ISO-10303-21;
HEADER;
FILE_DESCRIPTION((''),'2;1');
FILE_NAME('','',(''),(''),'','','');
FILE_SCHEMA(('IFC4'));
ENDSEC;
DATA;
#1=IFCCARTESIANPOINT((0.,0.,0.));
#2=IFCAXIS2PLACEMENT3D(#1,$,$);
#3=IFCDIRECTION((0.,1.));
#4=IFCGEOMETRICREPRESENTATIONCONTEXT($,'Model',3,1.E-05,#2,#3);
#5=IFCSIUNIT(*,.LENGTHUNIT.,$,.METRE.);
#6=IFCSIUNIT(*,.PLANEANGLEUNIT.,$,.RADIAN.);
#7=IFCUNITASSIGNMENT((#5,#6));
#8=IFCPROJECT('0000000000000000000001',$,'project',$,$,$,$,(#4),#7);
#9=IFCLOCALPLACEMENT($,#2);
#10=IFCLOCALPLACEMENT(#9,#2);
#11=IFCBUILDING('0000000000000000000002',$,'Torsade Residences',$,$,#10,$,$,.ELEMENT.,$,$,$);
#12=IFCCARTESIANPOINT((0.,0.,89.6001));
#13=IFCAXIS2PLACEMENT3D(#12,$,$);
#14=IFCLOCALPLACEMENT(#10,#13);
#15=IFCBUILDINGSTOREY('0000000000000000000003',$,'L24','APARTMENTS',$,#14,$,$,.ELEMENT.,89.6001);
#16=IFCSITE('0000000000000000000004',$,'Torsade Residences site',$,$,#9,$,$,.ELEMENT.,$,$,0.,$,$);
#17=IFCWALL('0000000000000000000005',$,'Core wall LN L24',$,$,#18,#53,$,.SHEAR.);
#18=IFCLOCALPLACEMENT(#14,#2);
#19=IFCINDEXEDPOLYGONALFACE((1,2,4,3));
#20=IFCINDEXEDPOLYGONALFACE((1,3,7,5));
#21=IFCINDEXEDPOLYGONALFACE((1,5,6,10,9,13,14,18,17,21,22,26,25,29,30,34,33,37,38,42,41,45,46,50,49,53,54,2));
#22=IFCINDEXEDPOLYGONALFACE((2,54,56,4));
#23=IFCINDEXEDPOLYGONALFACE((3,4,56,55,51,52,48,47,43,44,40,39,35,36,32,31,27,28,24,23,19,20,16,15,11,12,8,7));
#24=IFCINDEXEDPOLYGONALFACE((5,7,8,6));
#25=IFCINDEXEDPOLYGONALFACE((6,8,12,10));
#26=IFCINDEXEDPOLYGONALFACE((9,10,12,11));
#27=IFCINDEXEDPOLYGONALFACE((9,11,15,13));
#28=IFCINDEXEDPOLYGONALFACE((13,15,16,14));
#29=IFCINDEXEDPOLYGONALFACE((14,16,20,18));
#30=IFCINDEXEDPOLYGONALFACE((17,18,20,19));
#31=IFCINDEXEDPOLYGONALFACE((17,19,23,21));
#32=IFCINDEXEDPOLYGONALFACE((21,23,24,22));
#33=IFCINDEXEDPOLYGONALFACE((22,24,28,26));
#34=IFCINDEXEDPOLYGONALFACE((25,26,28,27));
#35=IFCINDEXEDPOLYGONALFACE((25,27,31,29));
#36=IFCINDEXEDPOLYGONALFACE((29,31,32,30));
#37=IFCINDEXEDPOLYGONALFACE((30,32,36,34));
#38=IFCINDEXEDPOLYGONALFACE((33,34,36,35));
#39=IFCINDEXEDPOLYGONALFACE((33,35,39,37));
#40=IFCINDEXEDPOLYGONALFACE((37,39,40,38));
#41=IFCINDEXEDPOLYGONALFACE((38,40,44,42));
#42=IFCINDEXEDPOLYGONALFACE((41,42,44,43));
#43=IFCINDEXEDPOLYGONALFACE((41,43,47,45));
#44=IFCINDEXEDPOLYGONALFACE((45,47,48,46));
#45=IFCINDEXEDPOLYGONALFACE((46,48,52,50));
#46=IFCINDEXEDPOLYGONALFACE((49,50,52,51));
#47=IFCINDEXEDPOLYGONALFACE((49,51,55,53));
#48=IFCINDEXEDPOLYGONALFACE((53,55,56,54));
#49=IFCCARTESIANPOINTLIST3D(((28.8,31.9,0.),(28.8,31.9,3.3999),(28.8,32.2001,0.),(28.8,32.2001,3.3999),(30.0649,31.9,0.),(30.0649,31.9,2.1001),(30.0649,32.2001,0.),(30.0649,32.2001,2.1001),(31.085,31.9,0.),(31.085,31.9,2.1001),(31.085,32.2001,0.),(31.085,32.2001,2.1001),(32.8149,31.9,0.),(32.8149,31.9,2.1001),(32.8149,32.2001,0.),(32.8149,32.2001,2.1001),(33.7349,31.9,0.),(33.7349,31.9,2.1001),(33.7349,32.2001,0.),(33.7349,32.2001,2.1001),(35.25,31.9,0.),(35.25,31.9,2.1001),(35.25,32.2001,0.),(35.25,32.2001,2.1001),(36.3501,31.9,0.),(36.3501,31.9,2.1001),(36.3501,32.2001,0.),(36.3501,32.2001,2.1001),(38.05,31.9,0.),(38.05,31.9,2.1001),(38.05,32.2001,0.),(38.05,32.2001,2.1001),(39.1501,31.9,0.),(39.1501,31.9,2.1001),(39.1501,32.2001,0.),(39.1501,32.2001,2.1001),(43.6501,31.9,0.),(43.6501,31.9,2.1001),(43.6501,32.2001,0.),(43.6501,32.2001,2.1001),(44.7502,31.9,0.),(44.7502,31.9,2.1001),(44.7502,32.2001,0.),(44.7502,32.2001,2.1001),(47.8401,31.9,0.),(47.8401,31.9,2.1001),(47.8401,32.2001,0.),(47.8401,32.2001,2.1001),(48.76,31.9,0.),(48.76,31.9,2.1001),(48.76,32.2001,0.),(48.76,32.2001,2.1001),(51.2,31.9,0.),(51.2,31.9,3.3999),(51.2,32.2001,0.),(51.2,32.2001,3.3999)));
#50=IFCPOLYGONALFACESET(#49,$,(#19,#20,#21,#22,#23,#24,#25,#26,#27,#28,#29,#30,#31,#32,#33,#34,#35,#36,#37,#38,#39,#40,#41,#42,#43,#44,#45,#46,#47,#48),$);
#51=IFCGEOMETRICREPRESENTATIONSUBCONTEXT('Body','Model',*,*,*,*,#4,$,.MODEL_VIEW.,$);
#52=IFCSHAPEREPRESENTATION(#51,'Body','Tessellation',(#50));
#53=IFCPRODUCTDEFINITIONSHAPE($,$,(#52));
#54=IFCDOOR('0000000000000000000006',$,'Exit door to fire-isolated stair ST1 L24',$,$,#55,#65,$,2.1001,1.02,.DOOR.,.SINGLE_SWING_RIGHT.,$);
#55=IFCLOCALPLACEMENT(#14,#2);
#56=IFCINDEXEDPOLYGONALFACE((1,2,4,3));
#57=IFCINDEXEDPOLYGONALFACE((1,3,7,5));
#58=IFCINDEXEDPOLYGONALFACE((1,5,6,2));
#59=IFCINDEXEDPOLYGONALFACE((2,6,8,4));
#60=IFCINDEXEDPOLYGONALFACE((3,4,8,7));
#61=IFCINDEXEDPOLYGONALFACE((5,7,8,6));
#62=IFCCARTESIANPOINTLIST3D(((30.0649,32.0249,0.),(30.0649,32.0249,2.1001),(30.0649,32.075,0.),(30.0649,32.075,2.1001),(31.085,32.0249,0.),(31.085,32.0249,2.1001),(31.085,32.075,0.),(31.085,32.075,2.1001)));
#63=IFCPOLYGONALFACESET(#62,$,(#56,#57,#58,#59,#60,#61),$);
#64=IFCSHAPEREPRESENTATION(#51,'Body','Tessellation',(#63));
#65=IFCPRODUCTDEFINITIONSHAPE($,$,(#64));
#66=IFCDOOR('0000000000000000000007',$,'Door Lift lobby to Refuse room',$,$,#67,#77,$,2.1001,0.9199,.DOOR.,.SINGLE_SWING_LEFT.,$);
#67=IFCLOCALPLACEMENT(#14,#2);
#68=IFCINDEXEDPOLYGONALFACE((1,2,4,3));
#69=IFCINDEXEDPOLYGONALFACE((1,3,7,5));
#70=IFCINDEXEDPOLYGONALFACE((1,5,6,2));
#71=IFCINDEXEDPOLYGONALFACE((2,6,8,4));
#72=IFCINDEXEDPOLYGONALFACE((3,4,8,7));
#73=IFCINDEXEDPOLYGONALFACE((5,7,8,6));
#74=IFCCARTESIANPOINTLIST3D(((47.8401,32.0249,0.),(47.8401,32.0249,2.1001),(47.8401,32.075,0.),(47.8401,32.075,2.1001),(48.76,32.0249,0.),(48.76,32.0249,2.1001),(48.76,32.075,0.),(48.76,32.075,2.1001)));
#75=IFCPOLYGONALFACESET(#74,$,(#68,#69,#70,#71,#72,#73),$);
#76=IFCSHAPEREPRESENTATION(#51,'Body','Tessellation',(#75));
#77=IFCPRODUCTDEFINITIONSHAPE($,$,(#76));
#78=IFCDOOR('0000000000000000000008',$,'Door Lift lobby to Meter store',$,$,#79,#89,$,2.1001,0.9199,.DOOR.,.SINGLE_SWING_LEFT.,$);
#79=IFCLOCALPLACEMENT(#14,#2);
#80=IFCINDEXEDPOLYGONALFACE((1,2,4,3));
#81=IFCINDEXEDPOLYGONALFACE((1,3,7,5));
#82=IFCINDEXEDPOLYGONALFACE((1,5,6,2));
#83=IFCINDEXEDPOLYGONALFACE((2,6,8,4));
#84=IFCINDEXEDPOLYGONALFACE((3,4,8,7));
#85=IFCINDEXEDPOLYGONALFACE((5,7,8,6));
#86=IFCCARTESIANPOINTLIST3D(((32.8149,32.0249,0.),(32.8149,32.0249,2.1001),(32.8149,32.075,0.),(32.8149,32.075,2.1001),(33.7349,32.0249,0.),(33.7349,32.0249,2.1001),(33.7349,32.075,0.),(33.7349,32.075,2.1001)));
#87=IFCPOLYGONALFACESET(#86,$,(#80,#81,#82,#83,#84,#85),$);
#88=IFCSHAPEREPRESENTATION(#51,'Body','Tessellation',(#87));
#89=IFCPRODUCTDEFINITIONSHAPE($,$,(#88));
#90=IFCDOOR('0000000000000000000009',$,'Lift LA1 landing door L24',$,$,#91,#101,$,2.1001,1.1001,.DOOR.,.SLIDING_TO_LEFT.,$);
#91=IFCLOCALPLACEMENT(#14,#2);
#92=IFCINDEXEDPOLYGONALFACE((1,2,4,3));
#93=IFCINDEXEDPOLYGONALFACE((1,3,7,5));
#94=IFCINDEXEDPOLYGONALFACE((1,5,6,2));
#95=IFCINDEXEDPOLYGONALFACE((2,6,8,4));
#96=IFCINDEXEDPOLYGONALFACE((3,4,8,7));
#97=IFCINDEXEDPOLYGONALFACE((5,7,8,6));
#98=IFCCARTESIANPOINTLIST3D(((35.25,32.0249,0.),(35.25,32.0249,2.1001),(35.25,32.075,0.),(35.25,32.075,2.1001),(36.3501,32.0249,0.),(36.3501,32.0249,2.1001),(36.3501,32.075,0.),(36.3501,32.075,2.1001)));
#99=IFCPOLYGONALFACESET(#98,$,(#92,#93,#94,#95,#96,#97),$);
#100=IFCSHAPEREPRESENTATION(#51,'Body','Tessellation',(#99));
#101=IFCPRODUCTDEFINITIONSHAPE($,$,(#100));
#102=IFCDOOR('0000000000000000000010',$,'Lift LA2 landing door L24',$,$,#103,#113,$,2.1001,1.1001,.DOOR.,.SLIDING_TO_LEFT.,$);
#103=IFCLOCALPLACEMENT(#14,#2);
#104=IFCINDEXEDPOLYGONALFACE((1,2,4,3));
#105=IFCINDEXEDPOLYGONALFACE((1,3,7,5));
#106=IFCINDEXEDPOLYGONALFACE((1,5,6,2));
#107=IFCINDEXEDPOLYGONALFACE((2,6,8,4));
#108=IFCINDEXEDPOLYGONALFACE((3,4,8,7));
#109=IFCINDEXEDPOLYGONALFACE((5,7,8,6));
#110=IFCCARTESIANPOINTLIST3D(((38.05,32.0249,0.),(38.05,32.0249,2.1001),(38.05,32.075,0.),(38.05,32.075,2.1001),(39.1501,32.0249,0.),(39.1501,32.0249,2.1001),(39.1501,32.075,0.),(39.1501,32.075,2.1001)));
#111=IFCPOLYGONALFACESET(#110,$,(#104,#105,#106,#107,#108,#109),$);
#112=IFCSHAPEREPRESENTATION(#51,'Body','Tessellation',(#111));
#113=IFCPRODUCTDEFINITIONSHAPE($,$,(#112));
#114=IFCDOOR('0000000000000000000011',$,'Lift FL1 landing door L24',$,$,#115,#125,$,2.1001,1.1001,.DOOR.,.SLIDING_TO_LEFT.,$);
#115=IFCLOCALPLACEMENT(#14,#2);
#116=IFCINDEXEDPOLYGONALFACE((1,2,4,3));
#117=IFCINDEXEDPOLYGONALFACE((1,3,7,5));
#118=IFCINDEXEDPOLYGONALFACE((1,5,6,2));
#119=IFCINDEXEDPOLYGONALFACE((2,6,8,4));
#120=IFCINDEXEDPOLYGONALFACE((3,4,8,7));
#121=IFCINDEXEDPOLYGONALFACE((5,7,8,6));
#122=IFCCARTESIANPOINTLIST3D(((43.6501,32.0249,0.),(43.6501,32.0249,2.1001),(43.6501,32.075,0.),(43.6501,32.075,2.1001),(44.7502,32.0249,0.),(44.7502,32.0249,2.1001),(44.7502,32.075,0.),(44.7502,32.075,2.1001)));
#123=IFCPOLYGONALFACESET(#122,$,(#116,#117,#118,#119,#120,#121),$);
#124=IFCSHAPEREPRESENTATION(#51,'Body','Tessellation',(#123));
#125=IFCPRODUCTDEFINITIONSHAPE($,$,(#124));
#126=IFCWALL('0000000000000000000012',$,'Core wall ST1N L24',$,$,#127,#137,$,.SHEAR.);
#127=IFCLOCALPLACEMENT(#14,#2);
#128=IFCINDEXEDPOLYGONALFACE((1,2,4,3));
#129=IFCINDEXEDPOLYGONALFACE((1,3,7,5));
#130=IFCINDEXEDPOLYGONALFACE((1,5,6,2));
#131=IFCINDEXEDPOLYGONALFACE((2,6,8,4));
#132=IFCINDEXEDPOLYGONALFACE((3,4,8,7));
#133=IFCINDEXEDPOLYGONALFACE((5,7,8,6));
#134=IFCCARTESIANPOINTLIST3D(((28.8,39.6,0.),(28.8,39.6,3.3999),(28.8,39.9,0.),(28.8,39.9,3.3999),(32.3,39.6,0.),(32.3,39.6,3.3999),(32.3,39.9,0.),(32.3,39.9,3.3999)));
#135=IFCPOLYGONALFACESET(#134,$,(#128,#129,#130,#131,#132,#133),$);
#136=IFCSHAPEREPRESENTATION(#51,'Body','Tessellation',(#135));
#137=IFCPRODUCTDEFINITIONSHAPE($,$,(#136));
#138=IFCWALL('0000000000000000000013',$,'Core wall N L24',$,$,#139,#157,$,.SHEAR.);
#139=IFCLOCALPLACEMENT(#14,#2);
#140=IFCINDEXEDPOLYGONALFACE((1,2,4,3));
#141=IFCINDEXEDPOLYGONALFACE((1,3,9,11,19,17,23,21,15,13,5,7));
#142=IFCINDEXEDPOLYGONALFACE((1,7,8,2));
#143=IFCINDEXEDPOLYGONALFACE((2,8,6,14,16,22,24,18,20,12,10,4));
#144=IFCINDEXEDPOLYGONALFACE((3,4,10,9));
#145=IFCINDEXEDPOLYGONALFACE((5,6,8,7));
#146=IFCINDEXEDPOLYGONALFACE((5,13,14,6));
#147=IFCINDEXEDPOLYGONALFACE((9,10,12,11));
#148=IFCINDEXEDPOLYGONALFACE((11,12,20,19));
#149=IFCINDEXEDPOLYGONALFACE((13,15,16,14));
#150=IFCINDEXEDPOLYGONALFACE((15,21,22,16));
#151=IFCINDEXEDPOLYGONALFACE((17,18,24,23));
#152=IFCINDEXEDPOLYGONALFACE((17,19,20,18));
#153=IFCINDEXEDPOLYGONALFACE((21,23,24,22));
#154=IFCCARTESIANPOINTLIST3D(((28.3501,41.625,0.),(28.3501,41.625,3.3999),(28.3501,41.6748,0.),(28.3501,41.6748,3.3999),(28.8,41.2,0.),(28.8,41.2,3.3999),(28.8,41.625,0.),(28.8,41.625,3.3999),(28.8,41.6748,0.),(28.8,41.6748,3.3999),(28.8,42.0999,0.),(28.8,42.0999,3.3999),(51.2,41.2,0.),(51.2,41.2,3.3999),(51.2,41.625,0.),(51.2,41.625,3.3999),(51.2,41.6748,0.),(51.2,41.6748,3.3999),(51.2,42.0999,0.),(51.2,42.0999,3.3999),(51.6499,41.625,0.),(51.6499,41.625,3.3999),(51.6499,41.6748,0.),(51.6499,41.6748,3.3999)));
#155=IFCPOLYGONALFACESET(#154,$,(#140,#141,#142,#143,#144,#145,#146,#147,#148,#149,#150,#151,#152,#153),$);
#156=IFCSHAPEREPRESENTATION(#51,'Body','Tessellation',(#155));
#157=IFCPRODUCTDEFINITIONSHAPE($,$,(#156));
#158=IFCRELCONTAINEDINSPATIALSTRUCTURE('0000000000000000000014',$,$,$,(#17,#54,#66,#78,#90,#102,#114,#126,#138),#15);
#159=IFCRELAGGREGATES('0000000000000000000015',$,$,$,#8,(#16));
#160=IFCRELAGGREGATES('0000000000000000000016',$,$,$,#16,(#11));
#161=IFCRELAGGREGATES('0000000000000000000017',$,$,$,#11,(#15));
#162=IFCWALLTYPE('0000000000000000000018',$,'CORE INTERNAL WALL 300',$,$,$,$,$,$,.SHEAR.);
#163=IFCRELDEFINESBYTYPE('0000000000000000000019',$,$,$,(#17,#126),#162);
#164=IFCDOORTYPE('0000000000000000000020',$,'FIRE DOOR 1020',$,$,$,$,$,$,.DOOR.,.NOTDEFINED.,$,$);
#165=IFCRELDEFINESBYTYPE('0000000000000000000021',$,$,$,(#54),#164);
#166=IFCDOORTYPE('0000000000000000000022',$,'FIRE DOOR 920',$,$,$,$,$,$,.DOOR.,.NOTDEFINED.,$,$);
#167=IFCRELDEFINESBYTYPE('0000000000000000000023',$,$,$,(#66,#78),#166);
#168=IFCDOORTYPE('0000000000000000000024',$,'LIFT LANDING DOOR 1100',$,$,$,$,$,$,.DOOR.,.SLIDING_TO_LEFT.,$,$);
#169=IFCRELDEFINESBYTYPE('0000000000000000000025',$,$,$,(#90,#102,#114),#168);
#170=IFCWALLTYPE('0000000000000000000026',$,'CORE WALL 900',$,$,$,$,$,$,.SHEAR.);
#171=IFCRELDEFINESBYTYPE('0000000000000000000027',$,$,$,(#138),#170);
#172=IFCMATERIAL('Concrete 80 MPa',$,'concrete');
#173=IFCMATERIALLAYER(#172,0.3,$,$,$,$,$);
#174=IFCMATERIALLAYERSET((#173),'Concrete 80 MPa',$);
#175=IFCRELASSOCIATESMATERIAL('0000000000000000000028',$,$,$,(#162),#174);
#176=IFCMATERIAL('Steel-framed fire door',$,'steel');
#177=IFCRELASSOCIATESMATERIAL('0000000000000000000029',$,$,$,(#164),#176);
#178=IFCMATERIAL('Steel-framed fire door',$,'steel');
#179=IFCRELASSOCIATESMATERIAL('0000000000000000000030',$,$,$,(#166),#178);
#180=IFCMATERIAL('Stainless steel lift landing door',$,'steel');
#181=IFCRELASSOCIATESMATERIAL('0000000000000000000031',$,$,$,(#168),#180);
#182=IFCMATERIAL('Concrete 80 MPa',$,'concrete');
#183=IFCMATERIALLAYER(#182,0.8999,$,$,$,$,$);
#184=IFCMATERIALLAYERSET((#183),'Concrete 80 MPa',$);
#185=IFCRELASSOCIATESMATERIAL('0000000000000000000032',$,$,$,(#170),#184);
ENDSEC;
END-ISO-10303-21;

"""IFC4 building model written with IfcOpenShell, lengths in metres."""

from ifc_helpers import new_model, si_unit, direction, frame, frame_2d, origin, place, context, subcontext, project, spatial, polyline, rectangle, outline, extrude, material, layer, layer_set, type_object, element, fill, save


model = new_model("IFC4")

# Units and contexts
model_context = context("Model", 3, precision=1e-05, world=origin(), true_north=direction((0.0, 1.0)))
body_context = subcontext(model_context, "Body", "Model", "MODEL_VIEW")
ifc_project = project(units=[si_unit("LENGTHUNIT", "METRE"), si_unit("PLANEANGLEUNIT", "RADIAN")], contexts=[model_context])

# Site, building, storey
site_placement = place(None, origin())
site = spatial("IfcSite", under=ifc_project, at=site_placement, Name="Torsade Residences site", CompositionType="ELEMENT", RefElevation=0.0)
building_placement = place(site_placement, origin())
building = spatial("IfcBuilding", under=site, at=building_placement, Name="Torsade Residences", CompositionType="ELEMENT")
storey_placement = place(building_placement, frame((0.0, 0.0, 89.6001)))
storey = spatial("IfcBuildingStorey", under=building, at=storey_placement, Name="L24", Description="APARTMENTS", CompositionType="ELEMENT", Elevation=89.6001)

# Wall, openings, doors
ifc_material_1 = material(Name="Concrete 80 MPa", Category="concrete")
ifc_layer_1 = layer(ifc_material_1, 0.3)
ifc_layer_set_1 = layer_set([ifc_layer_1], Name="Concrete 80 MPa")
wall_type_1 = type_object("IfcWallType", Name="CORE INTERNAL WALL 300", PredefinedType="SHEAR", material=ifc_layer_set_1)
wall_1_placement = place(storey_placement, frame((28.8, 32.05, 0.0), z_axis=(0.0, 0.0, 1.0), x_axis=(1.0, 0.0, 0.0)))
wall_1 = element("IfcWall", 1, at=wall_1_placement, inside=storey, type_object=wall_type_1, Name="Core wall LN L24", PredefinedType="SHEAR", context=body_context, shape_type="SweptSolid", body=[
    extrude(rectangle(XDim=22.3999, YDim=0.3, at=frame_2d((11.2, 0.0))), origin(), (0.0, 0.0, 1.0), 3.3999),
])
opening_1_placement = place(wall_1_placement, frame((19.04, 0.0, 0.0)))
opening_1 = element("IfcOpeningElement", 2, at=opening_1_placement, cuts=wall_1, PredefinedType="OPENING", context=body_context, shape_type="SweptSolid", body=[
    extrude(rectangle(XDim=0.9199, YDim=2.1001, at=frame_2d((0.46, 1.05))), frame((0.0, 0.1599, 0.0), z_axis=(0.0, -1.0, 0.0), x_axis=(1.0, 0.0, 0.0)), (0.0, 0.0, 1.0), 0.3201),
])
opening_2_placement = place(wall_1_placement, frame((1.2649, 0.0, 0.0)))
opening_2 = element("IfcOpeningElement", 3, at=opening_2_placement, cuts=wall_1, PredefinedType="OPENING", context=body_context, shape_type="SweptSolid", body=[
    extrude(rectangle(XDim=1.02, YDim=2.1001, at=frame_2d((0.51, 1.05))), frame((0.0, 0.1599, 0.0), z_axis=(0.0, -1.0, 0.0), x_axis=(1.0, 0.0, 0.0)), (0.0, 0.0, 1.0), 0.3201),
])
opening_3_placement = place(wall_1_placement, frame((4.0149, 0.0, 0.0)))
opening_3 = element("IfcOpeningElement", 4, at=opening_3_placement, cuts=wall_1, PredefinedType="OPENING", context=body_context, shape_type="SweptSolid", body=[
    extrude(rectangle(XDim=0.9199, YDim=2.1001, at=frame_2d((0.46, 1.05))), frame((0.0, 0.1599, 0.0), z_axis=(0.0, -1.0, 0.0), x_axis=(1.0, 0.0, 0.0)), (0.0, 0.0, 1.0), 0.3201),
])
opening_4_placement = place(wall_1_placement, frame((6.45, 0.0, 0.0)))
opening_4 = element("IfcOpeningElement", 5, at=opening_4_placement, cuts=wall_1, PredefinedType="OPENING", context=body_context, shape_type="SweptSolid", body=[
    extrude(rectangle(XDim=1.1001, YDim=2.1001, at=frame_2d((0.55, 1.05))), frame((0.0, 0.1599, 0.0), z_axis=(0.0, -1.0, 0.0), x_axis=(1.0, 0.0, 0.0)), (0.0, 0.0, 1.0), 0.3201),
])
opening_5_placement = place(wall_1_placement, frame((9.25, 0.0, 0.0)))
opening_5 = element("IfcOpeningElement", 6, at=opening_5_placement, cuts=wall_1, PredefinedType="OPENING", context=body_context, shape_type="SweptSolid", body=[
    extrude(rectangle(XDim=1.1001, YDim=2.1001, at=frame_2d((0.55, 1.05))), frame((0.0, 0.1599, 0.0), z_axis=(0.0, -1.0, 0.0), x_axis=(1.0, 0.0, 0.0)), (0.0, 0.0, 1.0), 0.3201),
])
opening_6_placement = place(wall_1_placement, frame((14.8501, 0.0, 0.0)))
opening_6 = element("IfcOpeningElement", 7, at=opening_6_placement, cuts=wall_1, PredefinedType="OPENING", context=body_context, shape_type="SweptSolid", body=[
    extrude(rectangle(XDim=1.1001, YDim=2.1001, at=frame_2d((0.55, 1.05))), frame((0.0, 0.1599, 0.0), z_axis=(0.0, -1.0, 0.0), x_axis=(1.0, 0.0, 0.0)), (0.0, 0.0, 1.0), 0.3201),
])
ifc_material_2 = material(Name="Steel-framed fire door", Category="steel")
door_type_1 = type_object("IfcDoorType", Name="FIRE DOOR 1020", OperationType="NOTDEFINED", PredefinedType="DOOR", material=ifc_material_2)
door_1_placement = place(opening_2_placement, origin())
door_1 = element("IfcDoor", 8, at=door_1_placement, inside=storey, type_object=door_type_1, Name="Exit door to fire-isolated stair ST1 L24", OperationType="SINGLE_SWING_RIGHT", OverallHeight=2.1001, OverallWidth=1.02, PredefinedType="DOOR", context=body_context, shape_type="SweptSolid", body=[
    extrude(rectangle(XDim=1.02, YDim=2.1001, at=frame_2d((0.51, 1.05))), frame((0.0, 0.0249, 0.0), z_axis=(0.0, -1.0, 0.0), x_axis=(1.0, 0.0, 0.0)), (0.0, 0.0, 1.0), 0.05),
])
fill(opening_2, door_1)
ifc_material_3 = material(Name="Steel-framed fire door", Category="steel")
door_type_2 = type_object("IfcDoorType", Name="FIRE DOOR 920", OperationType="NOTDEFINED", PredefinedType="DOOR", material=ifc_material_3)
door_2_placement = place(opening_1_placement, origin())
door_2 = element("IfcDoor", 9, at=door_2_placement, inside=storey, type_object=door_type_2, Name="Door Lift lobby to Refuse room", OperationType="SINGLE_SWING_LEFT", OverallHeight=2.1001, OverallWidth=0.9199, PredefinedType="DOOR", context=body_context, shape_type="SweptSolid", body=[
    extrude(rectangle(XDim=0.9199, YDim=2.1001, at=frame_2d((0.46, 1.05))), frame((0.0, 0.0249, 0.0), z_axis=(0.0, -1.0, 0.0), x_axis=(1.0, 0.0, 0.0)), (0.0, 0.0, 1.0), 0.05),
])
fill(opening_1, door_2)
door_3_placement = place(opening_3_placement, origin())
door_3 = element("IfcDoor", 10, at=door_3_placement, inside=storey, type_object=door_type_2, Name="Door Lift lobby to Meter store", OperationType="SINGLE_SWING_LEFT", OverallHeight=2.1001, OverallWidth=0.9199, PredefinedType="DOOR", context=body_context, shape_type="SweptSolid", body=[
    extrude(rectangle(XDim=0.9199, YDim=2.1001, at=frame_2d((0.46, 1.05))), frame((0.0, 0.0249, 0.0), z_axis=(0.0, -1.0, 0.0), x_axis=(1.0, 0.0, 0.0)), (0.0, 0.0, 1.0), 0.05),
])
fill(opening_3, door_3)
ifc_material_4 = material(Name="Stainless steel lift landing door", Category="steel")
door_type_3 = type_object("IfcDoorType", Name="LIFT LANDING DOOR 1100", OperationType="SLIDING_TO_LEFT", PredefinedType="DOOR", material=ifc_material_4)
door_4_placement = place(opening_4_placement, origin())
door_4 = element("IfcDoor", 11, at=door_4_placement, inside=storey, type_object=door_type_3, Name="Lift LA1 landing door L24", OperationType="SLIDING_TO_LEFT", OverallHeight=2.1001, OverallWidth=1.1001, PredefinedType="DOOR", context=body_context, shape_type="SweptSolid", body=[
    extrude(rectangle(XDim=1.1001, YDim=2.1001, at=frame_2d((0.55, 1.05))), frame((0.0, 0.0249, 0.0), z_axis=(0.0, -1.0, 0.0), x_axis=(1.0, 0.0, 0.0)), (0.0, 0.0, 1.0), 0.05),
])
fill(opening_4, door_4)
door_5_placement = place(opening_5_placement, origin())
door_5 = element("IfcDoor", 12, at=door_5_placement, inside=storey, type_object=door_type_3, Name="Lift LA2 landing door L24", OperationType="SLIDING_TO_LEFT", OverallHeight=2.1001, OverallWidth=1.1001, PredefinedType="DOOR", context=body_context, shape_type="SweptSolid", body=[
    extrude(rectangle(XDim=1.1001, YDim=2.1001, at=frame_2d((0.55, 1.05))), frame((0.0, 0.0249, 0.0), z_axis=(0.0, -1.0, 0.0), x_axis=(1.0, 0.0, 0.0)), (0.0, 0.0, 1.0), 0.05),
])
fill(opening_5, door_5)
door_6_placement = place(opening_6_placement, origin())
door_6 = element("IfcDoor", 13, at=door_6_placement, inside=storey, type_object=door_type_3, Name="Lift FL1 landing door L24", OperationType="SLIDING_TO_LEFT", OverallHeight=2.1001, OverallWidth=1.1001, PredefinedType="DOOR", context=body_context, shape_type="SweptSolid", body=[
    extrude(rectangle(XDim=1.1001, YDim=2.1001, at=frame_2d((0.55, 1.05))), frame((0.0, 0.0249, 0.0), z_axis=(0.0, -1.0, 0.0), x_axis=(1.0, 0.0, 0.0)), (0.0, 0.0, 1.0), 0.05),
])
fill(opening_6, door_6)

# Walls
wall_2_placement = place(storey_placement, frame((28.8, 39.75, 0.0), z_axis=(0.0, 0.0, 1.0), x_axis=(1.0, 0.0, 0.0)))
element("IfcWall", 14, at=wall_2_placement, inside=storey, type_object=wall_type_1, Name="Core wall ST1N L24", PredefinedType="SHEAR", context=body_context, shape_type="SweptSolid", body=[
    extrude(rectangle(XDim=3.5, YDim=0.3, at=frame_2d((1.75, 0.0))), origin(), (0.0, 0.0, 1.0), 3.3999),
])
ifc_material_5 = material(Name="Concrete 80 MPa", Category="concrete")
ifc_layer_2 = layer(ifc_material_5, 0.8999)
ifc_layer_set_2 = layer_set([ifc_layer_2], Name="Concrete 80 MPa")
wall_type_2 = type_object("IfcWallType", Name="CORE WALL 900", PredefinedType="SHEAR", material=ifc_layer_set_2)
wall_3_placement = place(storey_placement, frame((28.8, 41.6499, 0.0), z_axis=(0.0, 0.0, 1.0), x_axis=(1.0, 0.0, 0.0)))
element("IfcWall", 15, at=wall_3_placement, inside=storey, type_object=wall_type_2, Name="Core wall N L24", PredefinedType="SHEAR", context=body_context, shape_type="SweptSolid", body=[
    extrude(outline(polyline([(0.0, -0.45), (22.3999, -0.45), (22.3999, -0.0249), (22.8499, -0.0249), (22.8499, 0.0249), (22.3999, 0.0249), (22.3999, 0.45), (0.0, 0.45), (0.0, 0.0249), (-0.45, 0.0249), (-0.45, -0.0249), (0.0, -0.0249), (0.0, -0.45)])), origin(), (0.0, 0.0, 1.0), 3.3999),
])

save(model, "model.ifc")
